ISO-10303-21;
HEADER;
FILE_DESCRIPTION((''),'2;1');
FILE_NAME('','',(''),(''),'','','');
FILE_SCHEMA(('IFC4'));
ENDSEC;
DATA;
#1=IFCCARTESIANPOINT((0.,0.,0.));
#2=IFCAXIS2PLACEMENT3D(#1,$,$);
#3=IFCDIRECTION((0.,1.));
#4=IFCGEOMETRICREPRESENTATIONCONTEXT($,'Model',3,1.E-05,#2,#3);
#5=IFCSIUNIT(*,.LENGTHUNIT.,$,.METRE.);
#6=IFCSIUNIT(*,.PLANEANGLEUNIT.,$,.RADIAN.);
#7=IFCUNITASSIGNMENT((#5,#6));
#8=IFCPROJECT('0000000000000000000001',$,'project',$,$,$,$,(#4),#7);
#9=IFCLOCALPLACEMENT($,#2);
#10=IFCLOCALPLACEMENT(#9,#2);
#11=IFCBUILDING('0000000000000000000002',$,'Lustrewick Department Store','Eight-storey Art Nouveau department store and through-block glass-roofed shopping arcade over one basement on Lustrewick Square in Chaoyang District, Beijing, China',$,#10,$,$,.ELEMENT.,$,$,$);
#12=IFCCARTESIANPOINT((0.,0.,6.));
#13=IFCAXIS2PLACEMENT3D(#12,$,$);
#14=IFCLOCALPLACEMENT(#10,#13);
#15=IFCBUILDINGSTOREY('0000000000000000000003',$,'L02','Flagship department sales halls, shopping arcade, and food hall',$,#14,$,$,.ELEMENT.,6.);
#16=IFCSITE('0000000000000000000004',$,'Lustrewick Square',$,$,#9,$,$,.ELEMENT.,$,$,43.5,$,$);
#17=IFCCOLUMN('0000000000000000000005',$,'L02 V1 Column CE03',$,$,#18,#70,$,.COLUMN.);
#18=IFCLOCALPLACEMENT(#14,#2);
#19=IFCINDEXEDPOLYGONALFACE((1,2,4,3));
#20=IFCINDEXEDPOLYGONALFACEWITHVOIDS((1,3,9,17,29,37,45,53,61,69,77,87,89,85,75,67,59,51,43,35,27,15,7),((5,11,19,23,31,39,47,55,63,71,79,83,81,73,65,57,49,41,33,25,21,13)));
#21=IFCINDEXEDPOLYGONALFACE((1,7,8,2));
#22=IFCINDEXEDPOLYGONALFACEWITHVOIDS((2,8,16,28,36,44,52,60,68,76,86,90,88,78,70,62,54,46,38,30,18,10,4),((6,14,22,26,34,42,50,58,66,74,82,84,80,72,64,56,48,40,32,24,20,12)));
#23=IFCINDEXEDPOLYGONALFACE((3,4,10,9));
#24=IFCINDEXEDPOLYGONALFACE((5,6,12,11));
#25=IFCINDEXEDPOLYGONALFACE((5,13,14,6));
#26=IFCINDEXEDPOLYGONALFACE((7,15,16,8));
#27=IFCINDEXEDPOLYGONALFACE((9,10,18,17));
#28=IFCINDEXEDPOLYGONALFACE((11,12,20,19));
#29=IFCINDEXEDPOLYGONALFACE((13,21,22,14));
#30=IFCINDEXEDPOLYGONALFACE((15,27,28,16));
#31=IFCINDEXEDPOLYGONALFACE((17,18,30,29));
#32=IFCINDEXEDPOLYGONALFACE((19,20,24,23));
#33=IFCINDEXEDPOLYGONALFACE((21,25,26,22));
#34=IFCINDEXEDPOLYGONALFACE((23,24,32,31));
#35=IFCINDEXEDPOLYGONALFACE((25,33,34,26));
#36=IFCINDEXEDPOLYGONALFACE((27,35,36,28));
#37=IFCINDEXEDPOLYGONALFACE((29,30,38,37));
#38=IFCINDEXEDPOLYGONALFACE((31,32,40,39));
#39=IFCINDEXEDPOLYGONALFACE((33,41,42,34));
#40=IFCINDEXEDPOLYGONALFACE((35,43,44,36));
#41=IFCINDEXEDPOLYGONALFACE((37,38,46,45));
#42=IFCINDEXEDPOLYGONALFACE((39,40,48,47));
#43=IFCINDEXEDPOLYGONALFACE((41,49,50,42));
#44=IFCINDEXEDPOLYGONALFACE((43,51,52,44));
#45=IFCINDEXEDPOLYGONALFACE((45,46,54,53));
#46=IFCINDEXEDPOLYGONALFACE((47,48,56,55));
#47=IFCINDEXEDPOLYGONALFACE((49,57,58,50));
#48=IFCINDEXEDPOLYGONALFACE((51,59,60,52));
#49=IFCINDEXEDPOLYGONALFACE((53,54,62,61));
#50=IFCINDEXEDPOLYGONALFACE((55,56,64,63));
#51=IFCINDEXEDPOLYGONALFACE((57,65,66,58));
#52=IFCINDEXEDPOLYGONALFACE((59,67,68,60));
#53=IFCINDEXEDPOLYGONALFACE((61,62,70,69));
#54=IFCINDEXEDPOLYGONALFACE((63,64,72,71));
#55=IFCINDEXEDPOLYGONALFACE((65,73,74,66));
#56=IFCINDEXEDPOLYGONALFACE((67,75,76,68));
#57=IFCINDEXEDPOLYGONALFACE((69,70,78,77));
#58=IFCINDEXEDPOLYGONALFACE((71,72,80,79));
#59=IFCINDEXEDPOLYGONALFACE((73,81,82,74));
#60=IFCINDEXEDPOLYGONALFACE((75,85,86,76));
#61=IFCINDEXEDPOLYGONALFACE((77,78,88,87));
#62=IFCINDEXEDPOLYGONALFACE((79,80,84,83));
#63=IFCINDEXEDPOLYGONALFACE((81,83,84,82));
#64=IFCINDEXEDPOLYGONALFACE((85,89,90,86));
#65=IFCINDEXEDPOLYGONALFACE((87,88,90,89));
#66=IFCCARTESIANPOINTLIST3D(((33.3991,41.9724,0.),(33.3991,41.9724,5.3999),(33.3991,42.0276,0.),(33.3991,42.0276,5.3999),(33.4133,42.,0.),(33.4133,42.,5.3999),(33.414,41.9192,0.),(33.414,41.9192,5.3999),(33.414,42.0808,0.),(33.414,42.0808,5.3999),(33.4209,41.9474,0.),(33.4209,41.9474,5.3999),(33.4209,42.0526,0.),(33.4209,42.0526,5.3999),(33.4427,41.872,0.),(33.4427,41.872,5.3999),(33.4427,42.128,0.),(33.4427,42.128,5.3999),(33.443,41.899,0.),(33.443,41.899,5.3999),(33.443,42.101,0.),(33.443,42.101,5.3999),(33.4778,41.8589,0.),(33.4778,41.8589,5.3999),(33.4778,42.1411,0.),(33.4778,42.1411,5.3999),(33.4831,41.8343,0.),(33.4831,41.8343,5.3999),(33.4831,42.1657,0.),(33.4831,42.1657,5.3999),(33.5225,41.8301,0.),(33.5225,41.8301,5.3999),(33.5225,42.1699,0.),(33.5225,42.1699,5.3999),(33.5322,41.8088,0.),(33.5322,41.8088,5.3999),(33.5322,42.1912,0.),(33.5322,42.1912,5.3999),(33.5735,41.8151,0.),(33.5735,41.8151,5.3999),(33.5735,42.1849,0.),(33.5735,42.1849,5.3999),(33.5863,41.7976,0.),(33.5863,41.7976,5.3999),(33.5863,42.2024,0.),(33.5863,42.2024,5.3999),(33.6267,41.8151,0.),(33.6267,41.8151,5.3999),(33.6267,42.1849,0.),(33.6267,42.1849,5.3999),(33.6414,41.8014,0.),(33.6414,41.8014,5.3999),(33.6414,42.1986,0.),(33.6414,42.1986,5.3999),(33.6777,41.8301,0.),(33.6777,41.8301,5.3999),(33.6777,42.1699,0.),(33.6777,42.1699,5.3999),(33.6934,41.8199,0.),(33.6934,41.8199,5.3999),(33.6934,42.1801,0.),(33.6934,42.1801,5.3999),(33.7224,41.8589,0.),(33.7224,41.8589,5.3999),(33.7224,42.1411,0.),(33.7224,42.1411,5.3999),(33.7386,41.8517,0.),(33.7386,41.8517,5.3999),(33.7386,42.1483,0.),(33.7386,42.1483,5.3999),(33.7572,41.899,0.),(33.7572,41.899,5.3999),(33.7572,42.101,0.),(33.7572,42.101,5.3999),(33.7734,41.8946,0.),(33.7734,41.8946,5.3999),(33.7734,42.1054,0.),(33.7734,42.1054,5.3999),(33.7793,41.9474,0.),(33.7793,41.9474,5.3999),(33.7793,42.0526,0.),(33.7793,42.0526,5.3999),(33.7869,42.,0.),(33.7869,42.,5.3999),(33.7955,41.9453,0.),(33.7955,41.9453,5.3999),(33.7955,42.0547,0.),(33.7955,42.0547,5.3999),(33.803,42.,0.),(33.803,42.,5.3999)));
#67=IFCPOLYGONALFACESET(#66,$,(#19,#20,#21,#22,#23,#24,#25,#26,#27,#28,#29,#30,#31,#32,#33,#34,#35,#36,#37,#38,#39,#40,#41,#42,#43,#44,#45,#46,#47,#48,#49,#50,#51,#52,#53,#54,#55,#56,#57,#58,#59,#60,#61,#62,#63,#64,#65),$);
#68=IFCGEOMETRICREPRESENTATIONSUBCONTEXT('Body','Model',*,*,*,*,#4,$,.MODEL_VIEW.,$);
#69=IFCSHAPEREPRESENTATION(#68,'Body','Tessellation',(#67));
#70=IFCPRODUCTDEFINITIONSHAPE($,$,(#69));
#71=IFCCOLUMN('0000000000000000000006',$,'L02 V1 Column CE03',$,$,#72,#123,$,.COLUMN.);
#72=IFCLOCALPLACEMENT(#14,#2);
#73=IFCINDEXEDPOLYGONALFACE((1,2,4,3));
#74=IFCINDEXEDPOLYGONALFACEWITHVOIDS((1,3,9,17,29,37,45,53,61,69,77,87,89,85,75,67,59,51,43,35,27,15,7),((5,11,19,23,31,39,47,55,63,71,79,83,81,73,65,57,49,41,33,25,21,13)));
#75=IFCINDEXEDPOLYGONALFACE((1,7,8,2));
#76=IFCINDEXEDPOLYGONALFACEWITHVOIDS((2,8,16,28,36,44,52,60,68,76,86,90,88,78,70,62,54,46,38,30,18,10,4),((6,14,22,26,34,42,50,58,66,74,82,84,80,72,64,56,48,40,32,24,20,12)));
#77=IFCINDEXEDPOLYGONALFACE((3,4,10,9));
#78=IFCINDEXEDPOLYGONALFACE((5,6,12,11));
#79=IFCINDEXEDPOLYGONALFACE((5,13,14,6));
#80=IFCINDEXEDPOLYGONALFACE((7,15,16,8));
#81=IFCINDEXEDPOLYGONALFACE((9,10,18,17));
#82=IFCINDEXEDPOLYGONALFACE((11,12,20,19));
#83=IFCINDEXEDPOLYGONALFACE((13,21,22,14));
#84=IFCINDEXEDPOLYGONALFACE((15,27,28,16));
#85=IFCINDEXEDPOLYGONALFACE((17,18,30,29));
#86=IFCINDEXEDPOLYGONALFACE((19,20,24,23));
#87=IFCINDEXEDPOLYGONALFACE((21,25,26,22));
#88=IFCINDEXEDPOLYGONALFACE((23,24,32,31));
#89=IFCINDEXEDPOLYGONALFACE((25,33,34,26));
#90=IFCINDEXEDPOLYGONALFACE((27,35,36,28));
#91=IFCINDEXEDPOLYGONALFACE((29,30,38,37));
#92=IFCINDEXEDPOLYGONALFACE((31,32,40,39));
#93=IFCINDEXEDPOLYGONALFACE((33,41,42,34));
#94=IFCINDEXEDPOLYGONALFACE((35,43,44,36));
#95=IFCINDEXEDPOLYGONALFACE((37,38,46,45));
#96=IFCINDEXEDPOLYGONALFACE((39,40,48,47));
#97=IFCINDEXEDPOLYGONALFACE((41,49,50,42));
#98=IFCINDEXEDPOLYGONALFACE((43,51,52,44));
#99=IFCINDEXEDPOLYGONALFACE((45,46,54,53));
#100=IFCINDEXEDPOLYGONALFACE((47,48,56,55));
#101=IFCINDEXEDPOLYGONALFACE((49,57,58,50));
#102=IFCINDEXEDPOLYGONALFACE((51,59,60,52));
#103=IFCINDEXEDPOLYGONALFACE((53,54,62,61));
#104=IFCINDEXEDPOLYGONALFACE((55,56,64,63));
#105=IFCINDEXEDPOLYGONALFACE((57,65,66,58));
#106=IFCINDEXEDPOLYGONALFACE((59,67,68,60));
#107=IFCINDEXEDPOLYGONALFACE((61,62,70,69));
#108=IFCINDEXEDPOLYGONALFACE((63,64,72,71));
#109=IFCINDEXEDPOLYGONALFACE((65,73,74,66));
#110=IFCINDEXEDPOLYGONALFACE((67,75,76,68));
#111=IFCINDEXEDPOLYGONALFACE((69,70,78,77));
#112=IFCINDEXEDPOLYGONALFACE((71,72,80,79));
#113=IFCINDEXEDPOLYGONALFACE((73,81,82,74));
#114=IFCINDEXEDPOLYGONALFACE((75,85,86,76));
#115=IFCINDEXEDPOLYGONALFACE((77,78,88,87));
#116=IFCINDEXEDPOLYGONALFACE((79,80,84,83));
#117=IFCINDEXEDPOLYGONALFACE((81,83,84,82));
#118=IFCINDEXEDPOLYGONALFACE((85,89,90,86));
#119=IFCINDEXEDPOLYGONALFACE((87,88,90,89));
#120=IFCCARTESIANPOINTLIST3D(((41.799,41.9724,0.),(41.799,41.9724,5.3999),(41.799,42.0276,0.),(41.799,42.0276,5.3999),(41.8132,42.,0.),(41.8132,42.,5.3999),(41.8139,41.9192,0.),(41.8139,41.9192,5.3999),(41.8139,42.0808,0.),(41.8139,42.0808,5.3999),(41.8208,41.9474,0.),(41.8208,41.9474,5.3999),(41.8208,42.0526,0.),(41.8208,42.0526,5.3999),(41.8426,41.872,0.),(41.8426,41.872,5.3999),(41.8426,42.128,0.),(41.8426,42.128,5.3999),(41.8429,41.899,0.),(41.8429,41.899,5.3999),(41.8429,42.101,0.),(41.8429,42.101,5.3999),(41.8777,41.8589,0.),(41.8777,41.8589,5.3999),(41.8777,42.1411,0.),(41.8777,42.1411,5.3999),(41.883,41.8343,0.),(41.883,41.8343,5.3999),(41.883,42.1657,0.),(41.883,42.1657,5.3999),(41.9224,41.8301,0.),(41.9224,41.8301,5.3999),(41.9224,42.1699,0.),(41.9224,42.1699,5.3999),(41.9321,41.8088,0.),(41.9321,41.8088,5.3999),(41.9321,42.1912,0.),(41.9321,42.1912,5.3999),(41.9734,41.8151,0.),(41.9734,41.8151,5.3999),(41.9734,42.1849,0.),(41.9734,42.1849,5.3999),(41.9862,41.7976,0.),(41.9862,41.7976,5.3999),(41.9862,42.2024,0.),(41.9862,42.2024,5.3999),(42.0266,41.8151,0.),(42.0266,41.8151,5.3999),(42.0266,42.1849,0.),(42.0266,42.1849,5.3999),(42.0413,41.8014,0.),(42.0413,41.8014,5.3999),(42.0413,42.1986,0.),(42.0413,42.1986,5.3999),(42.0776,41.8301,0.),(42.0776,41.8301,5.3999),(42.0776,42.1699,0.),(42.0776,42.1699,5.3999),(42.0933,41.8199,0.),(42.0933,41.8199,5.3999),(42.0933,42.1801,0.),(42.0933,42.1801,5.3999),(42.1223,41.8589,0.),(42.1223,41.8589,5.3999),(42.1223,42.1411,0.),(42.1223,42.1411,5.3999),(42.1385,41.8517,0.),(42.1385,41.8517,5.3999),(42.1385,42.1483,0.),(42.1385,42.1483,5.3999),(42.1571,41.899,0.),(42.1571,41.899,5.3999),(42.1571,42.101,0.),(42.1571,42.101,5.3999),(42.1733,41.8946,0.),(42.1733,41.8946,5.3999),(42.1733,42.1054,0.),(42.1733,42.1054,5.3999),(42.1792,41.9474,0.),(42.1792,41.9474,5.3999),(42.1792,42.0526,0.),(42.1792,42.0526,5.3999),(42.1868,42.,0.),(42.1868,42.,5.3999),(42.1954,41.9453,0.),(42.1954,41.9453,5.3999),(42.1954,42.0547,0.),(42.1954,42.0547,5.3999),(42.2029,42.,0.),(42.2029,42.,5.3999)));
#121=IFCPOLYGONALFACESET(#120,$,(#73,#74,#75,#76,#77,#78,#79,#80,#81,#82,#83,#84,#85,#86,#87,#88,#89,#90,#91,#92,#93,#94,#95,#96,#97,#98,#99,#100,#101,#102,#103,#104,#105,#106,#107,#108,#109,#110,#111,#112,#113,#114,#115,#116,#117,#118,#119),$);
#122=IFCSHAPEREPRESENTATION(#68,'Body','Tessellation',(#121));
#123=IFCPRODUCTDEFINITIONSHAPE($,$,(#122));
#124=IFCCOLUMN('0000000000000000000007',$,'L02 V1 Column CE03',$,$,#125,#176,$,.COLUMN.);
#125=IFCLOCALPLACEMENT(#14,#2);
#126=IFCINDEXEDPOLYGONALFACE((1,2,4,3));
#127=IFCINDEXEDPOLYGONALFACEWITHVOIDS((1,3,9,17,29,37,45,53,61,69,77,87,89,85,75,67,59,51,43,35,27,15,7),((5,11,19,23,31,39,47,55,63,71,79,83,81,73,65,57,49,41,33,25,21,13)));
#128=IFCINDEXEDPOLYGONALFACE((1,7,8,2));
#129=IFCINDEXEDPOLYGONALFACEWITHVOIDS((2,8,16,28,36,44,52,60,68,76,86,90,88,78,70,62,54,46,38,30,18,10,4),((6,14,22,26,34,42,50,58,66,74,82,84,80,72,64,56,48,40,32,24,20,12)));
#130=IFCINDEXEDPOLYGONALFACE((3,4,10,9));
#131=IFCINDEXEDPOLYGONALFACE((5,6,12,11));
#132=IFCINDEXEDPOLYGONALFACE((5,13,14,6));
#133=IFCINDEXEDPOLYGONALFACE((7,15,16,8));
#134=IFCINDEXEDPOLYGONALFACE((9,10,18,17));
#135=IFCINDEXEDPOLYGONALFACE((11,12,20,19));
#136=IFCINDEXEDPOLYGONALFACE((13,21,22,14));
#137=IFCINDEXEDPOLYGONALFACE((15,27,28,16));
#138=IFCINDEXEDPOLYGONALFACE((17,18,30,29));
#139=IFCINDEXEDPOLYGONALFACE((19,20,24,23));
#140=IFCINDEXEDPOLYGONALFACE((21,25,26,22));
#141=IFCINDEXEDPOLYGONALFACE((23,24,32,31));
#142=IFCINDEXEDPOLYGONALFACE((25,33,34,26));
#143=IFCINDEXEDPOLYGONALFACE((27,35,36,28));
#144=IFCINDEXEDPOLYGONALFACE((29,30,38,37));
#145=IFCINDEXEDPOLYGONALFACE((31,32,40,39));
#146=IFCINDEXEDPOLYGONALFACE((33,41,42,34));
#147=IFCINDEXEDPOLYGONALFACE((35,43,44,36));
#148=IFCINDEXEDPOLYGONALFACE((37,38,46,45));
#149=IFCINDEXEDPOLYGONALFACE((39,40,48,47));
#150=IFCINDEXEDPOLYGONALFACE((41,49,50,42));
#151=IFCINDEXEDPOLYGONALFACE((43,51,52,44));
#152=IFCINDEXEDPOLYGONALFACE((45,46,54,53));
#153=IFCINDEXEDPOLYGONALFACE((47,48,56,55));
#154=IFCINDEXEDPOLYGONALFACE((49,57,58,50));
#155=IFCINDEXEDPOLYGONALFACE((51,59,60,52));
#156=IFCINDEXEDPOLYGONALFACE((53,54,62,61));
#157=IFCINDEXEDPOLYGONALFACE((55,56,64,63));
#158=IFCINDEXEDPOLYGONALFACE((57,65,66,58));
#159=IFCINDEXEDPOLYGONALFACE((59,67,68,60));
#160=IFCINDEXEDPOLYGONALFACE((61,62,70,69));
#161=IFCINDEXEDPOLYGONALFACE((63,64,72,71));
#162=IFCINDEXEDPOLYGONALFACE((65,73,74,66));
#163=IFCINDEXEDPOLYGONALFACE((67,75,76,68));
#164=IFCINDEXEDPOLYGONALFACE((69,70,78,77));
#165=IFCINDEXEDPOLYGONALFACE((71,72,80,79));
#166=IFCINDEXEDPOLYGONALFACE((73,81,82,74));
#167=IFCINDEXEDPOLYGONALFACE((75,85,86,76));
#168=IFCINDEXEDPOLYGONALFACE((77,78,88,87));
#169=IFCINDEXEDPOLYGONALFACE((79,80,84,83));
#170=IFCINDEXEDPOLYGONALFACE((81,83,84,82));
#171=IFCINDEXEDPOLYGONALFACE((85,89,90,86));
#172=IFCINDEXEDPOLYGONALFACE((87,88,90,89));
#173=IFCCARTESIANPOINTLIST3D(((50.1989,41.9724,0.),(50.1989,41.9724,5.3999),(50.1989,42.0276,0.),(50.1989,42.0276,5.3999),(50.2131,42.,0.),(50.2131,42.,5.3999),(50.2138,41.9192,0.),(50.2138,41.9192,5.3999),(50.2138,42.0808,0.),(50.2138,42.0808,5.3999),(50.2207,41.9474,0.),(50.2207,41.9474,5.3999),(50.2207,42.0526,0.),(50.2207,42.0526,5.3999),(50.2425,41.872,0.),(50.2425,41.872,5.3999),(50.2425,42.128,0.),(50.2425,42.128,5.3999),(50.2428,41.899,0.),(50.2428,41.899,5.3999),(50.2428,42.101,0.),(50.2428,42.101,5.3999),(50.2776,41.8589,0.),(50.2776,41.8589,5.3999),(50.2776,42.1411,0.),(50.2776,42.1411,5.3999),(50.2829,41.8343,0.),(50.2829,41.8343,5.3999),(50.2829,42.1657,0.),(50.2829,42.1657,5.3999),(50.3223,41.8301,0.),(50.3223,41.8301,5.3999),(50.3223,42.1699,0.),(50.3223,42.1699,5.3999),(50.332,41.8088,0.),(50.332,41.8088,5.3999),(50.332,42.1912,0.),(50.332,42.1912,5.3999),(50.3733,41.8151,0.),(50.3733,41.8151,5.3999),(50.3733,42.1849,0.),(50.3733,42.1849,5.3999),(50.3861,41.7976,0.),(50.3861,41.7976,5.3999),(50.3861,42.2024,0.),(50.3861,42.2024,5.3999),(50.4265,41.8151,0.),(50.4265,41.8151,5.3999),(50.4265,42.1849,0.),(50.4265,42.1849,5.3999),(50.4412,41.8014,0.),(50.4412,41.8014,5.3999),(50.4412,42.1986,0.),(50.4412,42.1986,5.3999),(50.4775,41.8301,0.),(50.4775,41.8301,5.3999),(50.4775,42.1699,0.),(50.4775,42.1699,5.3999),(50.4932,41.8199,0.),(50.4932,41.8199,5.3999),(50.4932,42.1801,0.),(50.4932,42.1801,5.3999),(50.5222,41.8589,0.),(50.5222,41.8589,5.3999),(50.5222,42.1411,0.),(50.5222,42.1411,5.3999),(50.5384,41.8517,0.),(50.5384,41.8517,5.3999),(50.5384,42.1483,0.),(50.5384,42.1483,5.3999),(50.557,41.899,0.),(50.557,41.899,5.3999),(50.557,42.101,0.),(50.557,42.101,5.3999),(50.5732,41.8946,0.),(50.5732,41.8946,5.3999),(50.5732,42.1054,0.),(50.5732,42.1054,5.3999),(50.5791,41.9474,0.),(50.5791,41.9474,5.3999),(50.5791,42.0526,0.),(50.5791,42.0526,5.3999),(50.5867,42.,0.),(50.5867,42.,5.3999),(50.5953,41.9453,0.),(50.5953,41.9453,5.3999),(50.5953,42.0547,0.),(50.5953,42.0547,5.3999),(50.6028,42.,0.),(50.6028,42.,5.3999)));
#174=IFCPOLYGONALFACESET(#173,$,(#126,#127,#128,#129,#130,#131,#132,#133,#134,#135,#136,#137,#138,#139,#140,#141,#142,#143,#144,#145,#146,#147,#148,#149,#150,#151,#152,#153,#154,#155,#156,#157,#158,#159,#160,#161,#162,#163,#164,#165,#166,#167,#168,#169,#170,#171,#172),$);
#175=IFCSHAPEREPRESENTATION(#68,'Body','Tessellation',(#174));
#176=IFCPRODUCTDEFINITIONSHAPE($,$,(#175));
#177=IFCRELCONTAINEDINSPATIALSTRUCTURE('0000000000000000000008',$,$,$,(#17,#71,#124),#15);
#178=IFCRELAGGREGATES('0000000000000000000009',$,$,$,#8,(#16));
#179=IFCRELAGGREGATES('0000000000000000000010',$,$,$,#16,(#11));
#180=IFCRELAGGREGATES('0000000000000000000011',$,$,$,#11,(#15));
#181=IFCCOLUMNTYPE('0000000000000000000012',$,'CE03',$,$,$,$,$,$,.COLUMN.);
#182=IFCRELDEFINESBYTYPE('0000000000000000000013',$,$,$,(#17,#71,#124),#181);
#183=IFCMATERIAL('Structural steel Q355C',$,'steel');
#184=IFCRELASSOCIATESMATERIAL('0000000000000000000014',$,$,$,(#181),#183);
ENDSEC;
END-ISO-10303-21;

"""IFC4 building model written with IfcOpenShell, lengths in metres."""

from ifc_helpers import new_model, si_unit, direction, frame, origin, origin_2d, place, context, subcontext, project, spatial, hollow_circle, extrude, material, material_profile, profile_set, type_object, element, save


model = new_model("IFC4")

# Units and contexts
model_context = context("Model", 3, precision=1e-05, world=origin(), true_north=direction((0.0, 1.0)))
body_context = subcontext(model_context, "Body", "Model", "MODEL_VIEW")
ifc_project = project(units=[si_unit("LENGTHUNIT", "METRE"), si_unit("PLANEANGLEUNIT", "RADIAN")], contexts=[model_context])

# Site, building, storey
site_placement = place(None, origin())
site = spatial("IfcSite", under=ifc_project, at=site_placement, Name="Lustrewick Square", CompositionType="ELEMENT", RefElevation=43.5)
building_placement = place(site_placement, origin())
building = spatial("IfcBuilding", under=site, at=building_placement, Name="Lustrewick Department Store", Description="Eight-storey Art Nouveau department store and through-block glass-roofed shopping arcade over one basement on Lustrewick Square in Chaoyang District, Beijing, China", CompositionType="ELEMENT")
storey_placement = place(building_placement, frame((0.0, 0.0, 6.0)))
storey = spatial("IfcBuildingStorey", under=building, at=storey_placement, Name="L02", Description="Flagship department sales halls, shopping arcade, and food hall", CompositionType="ELEMENT", Elevation=6.0)

# Columns
ifc_material_1 = material(Name="Structural steel Q355C", Category="steel")
ifc_material_profile_1 = material_profile(ifc_material_1, hollow_circle(Radius=0.2029, WallThickness=0.0161, at=origin_2d()), Name="CHS 406x16")
ifc_profile_set_1 = profile_set([ifc_material_profile_1], Name="Structural steel Q355C")
column_type = type_object("IfcColumnType", Name="CE03", PredefinedType="COLUMN", material=ifc_profile_set_1)
for number, where, z_axis, x_axis, name in (
    (1, (33.6001, 42.0, 0.0), (0.0, 0.0, 1.0), (1.0, 0.0, 0.0), "L02 V1 Column CE03"),
    (2, (42.0, 42.0, 0.0), (0.0, 0.0, 1.0), (1.0, 0.0, 0.0), "L02 V1 Column CE03"),
    (3, (50.3999, 42.0, 0.0), (0.0, 0.0, 1.0), (1.0, 0.0, 0.0), "L02 V1 Column CE03"),
):
    element("IfcColumn", number, at=place(storey_placement, frame(where, z_axis=z_axis, x_axis=x_axis)), inside=storey, type_object=column_type, Name=name, PredefinedType="COLUMN", context=body_context, shape_type="SweptSolid", body=[
        extrude(hollow_circle(Radius=0.2029, WallThickness=0.0161, at=origin_2d()), origin(), (0.0, 0.0, 1.0), 5.3999),
    ])

save(model, "model.ifc")
